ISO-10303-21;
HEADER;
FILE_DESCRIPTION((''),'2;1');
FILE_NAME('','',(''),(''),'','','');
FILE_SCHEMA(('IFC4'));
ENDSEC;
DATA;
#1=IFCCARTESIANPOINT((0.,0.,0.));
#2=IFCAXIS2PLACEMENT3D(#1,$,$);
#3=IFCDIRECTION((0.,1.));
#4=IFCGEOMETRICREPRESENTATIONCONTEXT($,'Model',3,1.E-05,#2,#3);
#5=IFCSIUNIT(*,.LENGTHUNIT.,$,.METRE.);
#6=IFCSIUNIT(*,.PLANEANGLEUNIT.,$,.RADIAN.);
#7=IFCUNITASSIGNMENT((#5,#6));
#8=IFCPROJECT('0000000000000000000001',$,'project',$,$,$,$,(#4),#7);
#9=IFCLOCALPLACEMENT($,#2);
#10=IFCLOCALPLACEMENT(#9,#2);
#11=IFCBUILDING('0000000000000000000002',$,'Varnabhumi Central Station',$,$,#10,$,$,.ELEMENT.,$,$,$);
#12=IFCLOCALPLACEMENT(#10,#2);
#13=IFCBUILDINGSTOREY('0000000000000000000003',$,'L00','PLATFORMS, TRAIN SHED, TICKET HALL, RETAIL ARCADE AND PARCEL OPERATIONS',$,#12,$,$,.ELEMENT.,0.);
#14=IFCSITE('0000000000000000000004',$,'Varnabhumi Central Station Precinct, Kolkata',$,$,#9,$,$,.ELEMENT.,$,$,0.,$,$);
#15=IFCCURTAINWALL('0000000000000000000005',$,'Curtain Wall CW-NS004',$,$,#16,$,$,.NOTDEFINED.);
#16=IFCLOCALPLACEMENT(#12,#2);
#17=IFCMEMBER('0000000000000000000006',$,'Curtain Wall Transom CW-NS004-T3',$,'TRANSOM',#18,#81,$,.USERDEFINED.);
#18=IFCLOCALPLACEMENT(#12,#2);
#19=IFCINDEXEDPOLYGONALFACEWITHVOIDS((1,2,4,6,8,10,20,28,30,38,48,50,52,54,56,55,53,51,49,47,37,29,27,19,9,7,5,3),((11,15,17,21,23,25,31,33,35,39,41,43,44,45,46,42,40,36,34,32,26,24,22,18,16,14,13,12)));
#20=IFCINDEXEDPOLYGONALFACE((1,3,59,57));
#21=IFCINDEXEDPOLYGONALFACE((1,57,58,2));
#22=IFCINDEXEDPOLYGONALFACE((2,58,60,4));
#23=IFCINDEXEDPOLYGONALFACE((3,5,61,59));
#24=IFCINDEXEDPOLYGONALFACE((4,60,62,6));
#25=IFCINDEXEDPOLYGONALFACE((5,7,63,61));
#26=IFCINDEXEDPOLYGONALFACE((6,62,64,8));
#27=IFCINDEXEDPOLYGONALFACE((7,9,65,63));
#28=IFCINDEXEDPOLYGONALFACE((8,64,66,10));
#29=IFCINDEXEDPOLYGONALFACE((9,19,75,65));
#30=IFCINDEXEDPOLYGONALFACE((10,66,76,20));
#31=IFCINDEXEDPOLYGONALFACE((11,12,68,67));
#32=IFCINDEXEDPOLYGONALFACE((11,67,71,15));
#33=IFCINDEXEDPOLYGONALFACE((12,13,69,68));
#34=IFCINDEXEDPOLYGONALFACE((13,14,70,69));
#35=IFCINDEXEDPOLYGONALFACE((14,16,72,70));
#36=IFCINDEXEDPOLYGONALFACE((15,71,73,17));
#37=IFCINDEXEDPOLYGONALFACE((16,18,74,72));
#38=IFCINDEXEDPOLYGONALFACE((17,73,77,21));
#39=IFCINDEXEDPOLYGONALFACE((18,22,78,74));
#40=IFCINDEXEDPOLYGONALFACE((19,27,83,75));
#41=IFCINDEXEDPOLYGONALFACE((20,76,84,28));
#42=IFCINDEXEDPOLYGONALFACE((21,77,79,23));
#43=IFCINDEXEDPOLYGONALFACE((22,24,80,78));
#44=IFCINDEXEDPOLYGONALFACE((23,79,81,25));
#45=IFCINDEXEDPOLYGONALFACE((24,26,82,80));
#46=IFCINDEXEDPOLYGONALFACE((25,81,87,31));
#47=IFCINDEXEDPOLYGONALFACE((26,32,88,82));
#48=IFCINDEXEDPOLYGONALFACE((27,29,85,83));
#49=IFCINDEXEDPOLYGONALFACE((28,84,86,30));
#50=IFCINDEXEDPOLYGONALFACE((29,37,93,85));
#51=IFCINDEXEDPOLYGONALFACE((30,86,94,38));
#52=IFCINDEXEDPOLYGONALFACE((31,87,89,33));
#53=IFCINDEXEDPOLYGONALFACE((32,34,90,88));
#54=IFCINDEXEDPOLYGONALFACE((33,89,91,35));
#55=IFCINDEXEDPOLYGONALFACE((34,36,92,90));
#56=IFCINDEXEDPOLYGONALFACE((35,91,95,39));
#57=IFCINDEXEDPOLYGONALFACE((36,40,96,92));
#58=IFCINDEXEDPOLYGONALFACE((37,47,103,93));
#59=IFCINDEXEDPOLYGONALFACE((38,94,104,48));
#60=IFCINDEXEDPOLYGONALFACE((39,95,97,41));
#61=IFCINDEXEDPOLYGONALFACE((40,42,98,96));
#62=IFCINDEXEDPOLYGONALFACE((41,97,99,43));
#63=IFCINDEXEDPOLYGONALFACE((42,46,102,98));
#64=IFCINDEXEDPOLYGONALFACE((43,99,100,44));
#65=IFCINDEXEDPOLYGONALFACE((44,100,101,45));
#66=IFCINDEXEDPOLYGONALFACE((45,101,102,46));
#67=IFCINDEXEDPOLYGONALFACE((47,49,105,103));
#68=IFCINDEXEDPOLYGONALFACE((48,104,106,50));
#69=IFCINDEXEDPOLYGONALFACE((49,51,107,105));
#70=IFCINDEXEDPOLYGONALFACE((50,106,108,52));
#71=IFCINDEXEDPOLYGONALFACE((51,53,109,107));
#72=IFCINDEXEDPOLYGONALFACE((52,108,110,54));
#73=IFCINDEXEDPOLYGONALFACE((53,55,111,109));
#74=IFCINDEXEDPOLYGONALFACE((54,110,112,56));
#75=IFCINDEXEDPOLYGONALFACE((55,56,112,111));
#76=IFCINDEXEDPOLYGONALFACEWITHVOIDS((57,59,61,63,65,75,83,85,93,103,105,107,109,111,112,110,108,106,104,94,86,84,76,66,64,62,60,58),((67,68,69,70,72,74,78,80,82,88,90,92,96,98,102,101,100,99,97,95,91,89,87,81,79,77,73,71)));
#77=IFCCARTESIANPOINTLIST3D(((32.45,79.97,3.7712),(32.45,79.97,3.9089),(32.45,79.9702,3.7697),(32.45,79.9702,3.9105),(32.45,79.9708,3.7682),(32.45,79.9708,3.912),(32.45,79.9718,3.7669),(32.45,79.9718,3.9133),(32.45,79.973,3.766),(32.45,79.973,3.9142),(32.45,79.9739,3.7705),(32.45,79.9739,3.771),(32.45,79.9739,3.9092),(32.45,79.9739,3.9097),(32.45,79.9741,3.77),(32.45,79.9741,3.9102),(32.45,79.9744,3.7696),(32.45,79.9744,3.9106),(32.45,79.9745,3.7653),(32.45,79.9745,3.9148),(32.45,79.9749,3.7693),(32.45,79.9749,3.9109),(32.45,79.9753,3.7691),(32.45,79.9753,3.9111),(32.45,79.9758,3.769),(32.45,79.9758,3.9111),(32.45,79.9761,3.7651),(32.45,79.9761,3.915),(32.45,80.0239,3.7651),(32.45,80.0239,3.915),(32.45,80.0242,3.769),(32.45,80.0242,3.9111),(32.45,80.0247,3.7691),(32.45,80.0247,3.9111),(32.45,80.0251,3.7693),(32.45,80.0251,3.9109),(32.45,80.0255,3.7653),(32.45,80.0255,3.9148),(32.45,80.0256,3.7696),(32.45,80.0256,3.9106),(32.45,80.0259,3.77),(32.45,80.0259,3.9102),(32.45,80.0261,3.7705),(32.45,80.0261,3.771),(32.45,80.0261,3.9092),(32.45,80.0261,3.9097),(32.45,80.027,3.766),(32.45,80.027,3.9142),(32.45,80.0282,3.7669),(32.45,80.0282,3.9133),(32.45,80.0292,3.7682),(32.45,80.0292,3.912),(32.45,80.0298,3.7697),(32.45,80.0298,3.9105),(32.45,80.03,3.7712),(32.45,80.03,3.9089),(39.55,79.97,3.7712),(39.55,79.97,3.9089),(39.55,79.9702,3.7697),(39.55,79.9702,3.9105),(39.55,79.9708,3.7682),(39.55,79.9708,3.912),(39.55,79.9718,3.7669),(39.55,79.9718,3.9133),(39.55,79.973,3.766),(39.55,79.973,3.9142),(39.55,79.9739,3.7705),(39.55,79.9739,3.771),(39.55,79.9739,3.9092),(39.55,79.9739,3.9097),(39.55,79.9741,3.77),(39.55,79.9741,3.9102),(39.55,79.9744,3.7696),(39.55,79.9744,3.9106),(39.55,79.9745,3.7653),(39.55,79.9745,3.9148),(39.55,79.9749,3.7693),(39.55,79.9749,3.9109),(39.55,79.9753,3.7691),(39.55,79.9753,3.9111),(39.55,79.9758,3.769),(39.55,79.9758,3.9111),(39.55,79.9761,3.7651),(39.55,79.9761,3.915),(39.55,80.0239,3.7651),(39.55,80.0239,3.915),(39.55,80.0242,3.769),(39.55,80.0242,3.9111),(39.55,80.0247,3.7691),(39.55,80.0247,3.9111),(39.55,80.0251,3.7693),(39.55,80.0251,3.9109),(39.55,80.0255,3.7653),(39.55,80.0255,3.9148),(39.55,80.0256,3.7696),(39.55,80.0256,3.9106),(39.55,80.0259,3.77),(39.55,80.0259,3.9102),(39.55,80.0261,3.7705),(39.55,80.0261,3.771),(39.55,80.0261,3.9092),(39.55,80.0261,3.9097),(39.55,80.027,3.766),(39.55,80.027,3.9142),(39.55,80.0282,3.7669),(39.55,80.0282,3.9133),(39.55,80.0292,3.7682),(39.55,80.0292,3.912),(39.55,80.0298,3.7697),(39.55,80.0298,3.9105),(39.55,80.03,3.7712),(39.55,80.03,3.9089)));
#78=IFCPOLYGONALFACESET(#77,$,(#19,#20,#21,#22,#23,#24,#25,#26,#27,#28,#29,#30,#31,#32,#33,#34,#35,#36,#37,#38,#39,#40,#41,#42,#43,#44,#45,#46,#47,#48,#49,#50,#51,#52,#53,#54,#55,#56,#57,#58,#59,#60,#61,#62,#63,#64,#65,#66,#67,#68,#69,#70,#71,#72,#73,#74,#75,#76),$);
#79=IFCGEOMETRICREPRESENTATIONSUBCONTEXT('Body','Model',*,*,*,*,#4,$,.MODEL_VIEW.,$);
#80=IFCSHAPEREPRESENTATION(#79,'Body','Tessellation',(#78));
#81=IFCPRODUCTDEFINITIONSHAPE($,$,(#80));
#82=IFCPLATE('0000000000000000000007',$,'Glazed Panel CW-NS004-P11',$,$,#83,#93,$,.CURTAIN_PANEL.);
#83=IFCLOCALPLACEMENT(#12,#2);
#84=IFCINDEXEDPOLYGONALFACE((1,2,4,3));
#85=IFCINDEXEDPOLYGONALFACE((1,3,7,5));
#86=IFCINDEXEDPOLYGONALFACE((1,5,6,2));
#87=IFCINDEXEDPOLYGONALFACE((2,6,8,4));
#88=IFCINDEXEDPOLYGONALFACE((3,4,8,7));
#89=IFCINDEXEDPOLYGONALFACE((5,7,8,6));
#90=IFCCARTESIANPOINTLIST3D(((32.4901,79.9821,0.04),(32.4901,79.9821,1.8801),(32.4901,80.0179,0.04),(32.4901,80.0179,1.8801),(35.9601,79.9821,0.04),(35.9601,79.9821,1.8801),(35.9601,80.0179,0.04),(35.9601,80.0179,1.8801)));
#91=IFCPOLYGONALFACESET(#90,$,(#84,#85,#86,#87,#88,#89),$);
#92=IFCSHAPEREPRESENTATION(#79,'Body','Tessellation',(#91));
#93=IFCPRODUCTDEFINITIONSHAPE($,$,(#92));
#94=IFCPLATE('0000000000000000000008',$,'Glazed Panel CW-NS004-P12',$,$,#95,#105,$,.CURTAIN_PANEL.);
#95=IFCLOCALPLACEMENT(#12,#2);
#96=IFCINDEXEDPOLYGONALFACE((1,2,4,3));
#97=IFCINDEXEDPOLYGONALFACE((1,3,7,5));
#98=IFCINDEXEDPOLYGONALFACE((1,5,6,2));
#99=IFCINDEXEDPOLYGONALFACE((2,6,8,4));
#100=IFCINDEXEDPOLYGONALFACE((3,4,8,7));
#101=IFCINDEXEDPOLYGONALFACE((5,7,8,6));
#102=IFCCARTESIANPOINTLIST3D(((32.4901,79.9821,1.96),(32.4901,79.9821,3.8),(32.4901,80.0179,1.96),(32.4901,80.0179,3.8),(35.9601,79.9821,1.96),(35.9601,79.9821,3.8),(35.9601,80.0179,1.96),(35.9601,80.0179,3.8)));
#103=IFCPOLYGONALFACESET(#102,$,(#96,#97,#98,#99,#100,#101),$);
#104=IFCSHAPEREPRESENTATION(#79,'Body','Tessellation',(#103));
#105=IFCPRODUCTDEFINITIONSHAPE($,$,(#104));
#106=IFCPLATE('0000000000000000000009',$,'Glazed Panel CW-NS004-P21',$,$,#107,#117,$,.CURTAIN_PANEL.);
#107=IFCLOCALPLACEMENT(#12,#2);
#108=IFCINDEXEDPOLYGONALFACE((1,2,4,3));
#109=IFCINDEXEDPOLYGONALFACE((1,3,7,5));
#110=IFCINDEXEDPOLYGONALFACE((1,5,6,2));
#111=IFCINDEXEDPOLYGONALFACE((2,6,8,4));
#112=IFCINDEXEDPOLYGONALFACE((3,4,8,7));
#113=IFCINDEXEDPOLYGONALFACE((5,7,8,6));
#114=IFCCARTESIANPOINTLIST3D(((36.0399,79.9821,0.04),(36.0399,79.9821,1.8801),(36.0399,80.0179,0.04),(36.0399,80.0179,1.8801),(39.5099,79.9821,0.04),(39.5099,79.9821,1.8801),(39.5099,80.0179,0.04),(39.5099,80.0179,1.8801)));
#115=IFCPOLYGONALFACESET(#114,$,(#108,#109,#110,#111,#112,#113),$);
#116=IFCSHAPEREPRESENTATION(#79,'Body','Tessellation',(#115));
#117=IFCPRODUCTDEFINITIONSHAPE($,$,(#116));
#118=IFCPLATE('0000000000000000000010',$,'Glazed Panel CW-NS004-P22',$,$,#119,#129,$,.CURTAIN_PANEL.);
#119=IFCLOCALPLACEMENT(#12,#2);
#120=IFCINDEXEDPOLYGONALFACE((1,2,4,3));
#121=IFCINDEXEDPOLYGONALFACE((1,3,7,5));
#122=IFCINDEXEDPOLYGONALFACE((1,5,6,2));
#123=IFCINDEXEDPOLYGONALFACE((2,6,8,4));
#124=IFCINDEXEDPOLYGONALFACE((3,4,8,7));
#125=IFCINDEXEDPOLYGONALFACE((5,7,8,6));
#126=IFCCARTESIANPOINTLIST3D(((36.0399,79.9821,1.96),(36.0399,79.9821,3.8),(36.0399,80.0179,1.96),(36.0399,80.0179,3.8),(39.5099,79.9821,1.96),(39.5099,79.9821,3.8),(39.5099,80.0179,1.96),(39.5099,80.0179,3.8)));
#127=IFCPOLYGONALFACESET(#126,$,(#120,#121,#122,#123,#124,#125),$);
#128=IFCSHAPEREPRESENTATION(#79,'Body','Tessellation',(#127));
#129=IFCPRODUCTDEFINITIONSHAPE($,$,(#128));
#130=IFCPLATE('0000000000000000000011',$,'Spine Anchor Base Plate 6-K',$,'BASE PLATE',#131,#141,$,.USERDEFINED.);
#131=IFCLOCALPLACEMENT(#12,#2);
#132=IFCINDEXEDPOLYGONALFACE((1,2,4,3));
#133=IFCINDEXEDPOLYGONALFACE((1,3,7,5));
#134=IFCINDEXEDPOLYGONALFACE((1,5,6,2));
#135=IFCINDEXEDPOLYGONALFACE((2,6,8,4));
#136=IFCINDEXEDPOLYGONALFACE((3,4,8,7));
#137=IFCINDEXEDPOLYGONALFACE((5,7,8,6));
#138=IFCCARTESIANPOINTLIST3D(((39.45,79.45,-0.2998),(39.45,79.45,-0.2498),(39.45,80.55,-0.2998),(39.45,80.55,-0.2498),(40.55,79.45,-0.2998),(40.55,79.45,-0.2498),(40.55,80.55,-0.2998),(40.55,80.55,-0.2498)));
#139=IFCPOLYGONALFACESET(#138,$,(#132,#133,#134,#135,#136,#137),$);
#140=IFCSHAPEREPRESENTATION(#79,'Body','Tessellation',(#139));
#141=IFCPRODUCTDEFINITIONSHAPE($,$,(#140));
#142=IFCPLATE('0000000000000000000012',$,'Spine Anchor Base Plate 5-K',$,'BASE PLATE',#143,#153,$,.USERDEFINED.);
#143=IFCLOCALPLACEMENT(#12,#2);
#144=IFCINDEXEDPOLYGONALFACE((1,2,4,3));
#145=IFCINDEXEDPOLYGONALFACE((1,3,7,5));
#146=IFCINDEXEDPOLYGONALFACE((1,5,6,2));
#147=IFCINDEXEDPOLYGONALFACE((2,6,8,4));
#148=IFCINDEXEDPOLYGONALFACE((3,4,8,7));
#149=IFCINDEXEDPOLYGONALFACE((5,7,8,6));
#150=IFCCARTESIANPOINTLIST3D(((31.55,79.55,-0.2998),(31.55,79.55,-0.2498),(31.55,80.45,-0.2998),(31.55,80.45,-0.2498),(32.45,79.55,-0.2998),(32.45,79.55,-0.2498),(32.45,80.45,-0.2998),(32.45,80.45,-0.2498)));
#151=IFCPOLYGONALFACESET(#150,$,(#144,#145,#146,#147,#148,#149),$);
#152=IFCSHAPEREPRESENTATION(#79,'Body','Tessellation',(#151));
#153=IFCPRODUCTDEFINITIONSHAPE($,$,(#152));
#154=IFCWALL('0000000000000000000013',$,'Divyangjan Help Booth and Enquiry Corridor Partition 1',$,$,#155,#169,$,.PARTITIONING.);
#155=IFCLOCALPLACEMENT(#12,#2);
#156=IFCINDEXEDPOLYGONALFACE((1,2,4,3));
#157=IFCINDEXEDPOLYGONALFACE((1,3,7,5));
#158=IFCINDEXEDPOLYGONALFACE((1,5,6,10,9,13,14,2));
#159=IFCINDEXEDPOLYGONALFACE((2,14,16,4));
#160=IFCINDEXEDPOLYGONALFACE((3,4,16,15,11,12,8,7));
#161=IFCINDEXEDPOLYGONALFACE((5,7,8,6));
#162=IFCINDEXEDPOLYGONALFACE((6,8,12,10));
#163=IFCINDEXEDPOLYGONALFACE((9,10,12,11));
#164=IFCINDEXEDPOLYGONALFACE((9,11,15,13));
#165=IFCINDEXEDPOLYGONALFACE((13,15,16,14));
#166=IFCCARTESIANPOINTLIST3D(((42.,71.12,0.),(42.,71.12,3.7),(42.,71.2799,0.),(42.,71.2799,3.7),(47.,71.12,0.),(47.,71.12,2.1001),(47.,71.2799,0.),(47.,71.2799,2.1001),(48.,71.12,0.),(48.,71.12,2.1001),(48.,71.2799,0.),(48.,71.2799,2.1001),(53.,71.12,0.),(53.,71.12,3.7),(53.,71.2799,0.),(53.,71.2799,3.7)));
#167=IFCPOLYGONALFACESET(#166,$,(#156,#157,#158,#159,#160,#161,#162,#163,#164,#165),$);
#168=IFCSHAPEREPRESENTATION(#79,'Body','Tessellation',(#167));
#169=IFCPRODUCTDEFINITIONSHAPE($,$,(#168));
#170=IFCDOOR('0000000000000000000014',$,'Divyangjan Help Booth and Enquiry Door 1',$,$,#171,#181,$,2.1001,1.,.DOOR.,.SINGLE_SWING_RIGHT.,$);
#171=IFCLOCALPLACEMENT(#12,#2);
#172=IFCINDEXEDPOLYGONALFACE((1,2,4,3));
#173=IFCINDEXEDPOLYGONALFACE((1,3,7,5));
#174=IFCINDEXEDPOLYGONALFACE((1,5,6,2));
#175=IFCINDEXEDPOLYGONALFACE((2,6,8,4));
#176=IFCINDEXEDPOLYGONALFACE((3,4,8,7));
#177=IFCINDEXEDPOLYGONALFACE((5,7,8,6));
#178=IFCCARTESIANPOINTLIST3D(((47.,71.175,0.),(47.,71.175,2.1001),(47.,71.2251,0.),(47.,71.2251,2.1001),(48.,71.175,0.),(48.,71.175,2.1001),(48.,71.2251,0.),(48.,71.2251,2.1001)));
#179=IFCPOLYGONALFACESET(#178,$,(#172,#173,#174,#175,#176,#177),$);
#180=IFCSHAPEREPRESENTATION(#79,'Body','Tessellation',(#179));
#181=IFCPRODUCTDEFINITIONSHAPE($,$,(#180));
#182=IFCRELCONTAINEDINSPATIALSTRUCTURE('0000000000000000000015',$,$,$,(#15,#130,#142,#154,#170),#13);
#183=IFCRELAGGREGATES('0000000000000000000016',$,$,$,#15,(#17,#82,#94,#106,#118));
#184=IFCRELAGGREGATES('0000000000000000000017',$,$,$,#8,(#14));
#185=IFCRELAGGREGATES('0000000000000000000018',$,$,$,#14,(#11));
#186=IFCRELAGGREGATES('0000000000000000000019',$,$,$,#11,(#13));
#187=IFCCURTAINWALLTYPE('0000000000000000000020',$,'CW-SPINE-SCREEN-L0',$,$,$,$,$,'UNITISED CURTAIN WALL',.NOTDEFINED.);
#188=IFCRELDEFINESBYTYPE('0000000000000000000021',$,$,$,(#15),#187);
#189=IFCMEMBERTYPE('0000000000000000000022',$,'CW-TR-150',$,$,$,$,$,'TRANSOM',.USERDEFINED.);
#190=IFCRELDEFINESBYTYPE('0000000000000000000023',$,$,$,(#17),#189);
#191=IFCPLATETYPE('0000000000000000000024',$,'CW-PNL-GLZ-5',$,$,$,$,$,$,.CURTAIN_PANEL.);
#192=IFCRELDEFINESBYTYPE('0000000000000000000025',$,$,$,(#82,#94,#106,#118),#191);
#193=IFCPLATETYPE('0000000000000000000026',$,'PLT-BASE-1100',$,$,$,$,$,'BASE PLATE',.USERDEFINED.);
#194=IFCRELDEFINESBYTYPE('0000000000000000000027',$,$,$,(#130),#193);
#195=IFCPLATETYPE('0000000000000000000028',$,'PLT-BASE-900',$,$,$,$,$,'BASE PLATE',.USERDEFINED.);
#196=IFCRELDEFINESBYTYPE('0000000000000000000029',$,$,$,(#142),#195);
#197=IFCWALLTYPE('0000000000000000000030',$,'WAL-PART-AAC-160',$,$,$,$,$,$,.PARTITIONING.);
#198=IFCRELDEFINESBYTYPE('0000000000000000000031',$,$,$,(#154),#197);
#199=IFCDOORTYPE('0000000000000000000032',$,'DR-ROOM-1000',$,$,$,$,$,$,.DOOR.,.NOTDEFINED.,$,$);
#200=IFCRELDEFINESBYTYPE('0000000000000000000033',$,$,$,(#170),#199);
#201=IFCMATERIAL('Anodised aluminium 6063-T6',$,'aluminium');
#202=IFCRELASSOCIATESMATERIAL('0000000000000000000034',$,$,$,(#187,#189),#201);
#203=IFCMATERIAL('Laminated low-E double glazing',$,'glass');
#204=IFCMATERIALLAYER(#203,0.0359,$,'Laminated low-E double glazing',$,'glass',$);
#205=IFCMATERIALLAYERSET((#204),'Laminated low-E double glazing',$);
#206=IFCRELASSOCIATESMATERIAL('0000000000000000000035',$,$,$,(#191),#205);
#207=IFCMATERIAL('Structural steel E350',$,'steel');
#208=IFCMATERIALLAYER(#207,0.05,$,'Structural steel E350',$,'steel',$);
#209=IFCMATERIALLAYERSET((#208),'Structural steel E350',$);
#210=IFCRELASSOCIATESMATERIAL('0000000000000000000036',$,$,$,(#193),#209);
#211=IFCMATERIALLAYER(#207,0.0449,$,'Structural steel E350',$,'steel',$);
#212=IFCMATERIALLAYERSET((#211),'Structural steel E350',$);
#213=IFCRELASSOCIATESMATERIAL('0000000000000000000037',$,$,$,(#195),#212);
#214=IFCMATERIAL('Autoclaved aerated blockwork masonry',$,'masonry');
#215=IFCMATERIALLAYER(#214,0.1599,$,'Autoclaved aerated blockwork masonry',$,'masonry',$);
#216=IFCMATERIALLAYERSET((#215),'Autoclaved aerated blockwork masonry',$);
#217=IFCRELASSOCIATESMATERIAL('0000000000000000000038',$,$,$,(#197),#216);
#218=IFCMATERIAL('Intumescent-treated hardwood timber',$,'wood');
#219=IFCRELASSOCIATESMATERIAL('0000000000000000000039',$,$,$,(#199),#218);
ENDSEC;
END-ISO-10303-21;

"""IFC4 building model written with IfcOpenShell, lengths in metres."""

from ifc_helpers import new_model, si_unit, direction, frame, frame_2d, origin, origin_2d, place, context, subcontext, project, spatial, rectangle, hollow_rectangle, extrude, material, layer, layer_set, material_profile, profile_set, type_object, element, fill, aggregate, save


model = new_model("IFC4")

# Units and contexts
model_context = context("Model", 3, precision=1e-05, world=origin(), true_north=direction((0.0, 1.0)))
body_context = subcontext(model_context, "Body", "Model", "MODEL_VIEW")
ifc_project = project(units=[si_unit("LENGTHUNIT", "METRE"), si_unit("PLANEANGLEUNIT", "RADIAN")], contexts=[model_context])

# Site, building, storey
site_placement = place(None, origin())
site = spatial("IfcSite", under=ifc_project, at=site_placement, Name="Varnabhumi Central Station Precinct, Kolkata", CompositionType="ELEMENT", RefElevation=0.0)
building_placement = place(site_placement, origin())
building = spatial("IfcBuilding", under=site, at=building_placement, Name="Varnabhumi Central Station", CompositionType="ELEMENT")
storey_placement = place(building_placement, origin())
storey = spatial("IfcBuildingStorey", under=building, at=storey_placement, Name="L00", Description="PLATFORMS, TRAIN SHED, TICKET HALL, RETAIL ARCADE AND PARCEL OPERATIONS", CompositionType="ELEMENT", Elevation=0.0)

# Shared definitions
ifc_material_1 = material(Name="Structural steel E350", Category="steel")

# Curtain wall, member, plates
ifc_material_2 = material(Name="Anodised aluminium 6063-T6", Category="aluminium")
curtain_wall_type = type_object("IfcCurtainWallType", Name="CW-SPINE-SCREEN-L0", ElementType="UNITISED CURTAIN WALL", PredefinedType="NOTDEFINED", material=ifc_material_2)
curtain_wall_placement = place(storey_placement, origin())
curtain_wall = element("IfcCurtainWall", 1, at=curtain_wall_placement, inside=storey, type_object=curtain_wall_type, Name="Curtain Wall CW-NS004", PredefinedType="NOTDEFINED")
ifc_material_profile_1 = material_profile(ifc_material_2, hollow_rectangle(XDim=0.0601, YDim=0.1499, WallThickness=0.0039, InnerFilletRadius=0.002, OuterFilletRadius=0.0061, at=origin_2d()), Name="Anodised aluminium 6063-T6", Category="aluminium")
ifc_profile_set_1 = profile_set([ifc_material_profile_1], Name="Anodised aluminium 6063-T6")
member_type_1 = type_object("IfcMemberType", Name="CW-TR-150", ElementType="TRANSOM", PredefinedType="USERDEFINED", material=ifc_profile_set_1)
member_1_placement = place(storey_placement, frame((32.45, 80.0, 3.8401), z_axis=(1.0, 0.0, 0.0), x_axis=(0.0, 1.0, 0.0)))
member_1 = element("IfcMember", 2, at=member_1_placement, type_object=member_type_1, Name="Curtain Wall Transom CW-NS004-T3", ObjectType="TRANSOM", PredefinedType="USERDEFINED", context=body_context, shape_type="SweptSolid", body=[
    extrude(hollow_rectangle(XDim=0.0601, YDim=0.1499, WallThickness=0.0039, InnerFilletRadius=0.002, OuterFilletRadius=0.0061, at=origin_2d()), origin(), (0.0, 0.0, 1.0), 7.1001),
])
ifc_material_3 = material(Name="Laminated low-E double glazing", Category="glass")
ifc_layer_1 = layer(ifc_material_3, 0.0359, Name="Laminated low-E double glazing", Category="glass")
ifc_layer_set_1 = layer_set([ifc_layer_1], Name="Laminated low-E double glazing")
plate_type_1 = type_object("IfcPlateType", Name="CW-PNL-GLZ-5", PredefinedType="CURTAIN_PANEL", material=ifc_layer_set_1)
plate_1_placement = place(storey_placement, frame((34.2251, 80.0, 0.04), z_axis=(0.0, 0.0, 1.0), x_axis=(1.0, 0.0, 0.0)))
plate_1 = element("IfcPlate", 3, at=plate_1_placement, type_object=plate_type_1, Name="Glazed Panel CW-NS004-P11", PredefinedType="CURTAIN_PANEL", context=body_context, shape_type="SweptSolid", body=[
    extrude(rectangle(XDim=3.47, YDim=0.0359, at=origin_2d()), origin(), (0.0, 0.0, 1.0), 1.8401),
])
plate_2_placement = place(storey_placement, frame((34.2251, 80.0, 1.96), z_axis=(0.0, 0.0, 1.0), x_axis=(1.0, 0.0, 0.0)))
plate_2 = element("IfcPlate", 4, at=plate_2_placement, type_object=plate_type_1, Name="Glazed Panel CW-NS004-P12", PredefinedType="CURTAIN_PANEL", context=body_context, shape_type="SweptSolid", body=[
    extrude(rectangle(XDim=3.47, YDim=0.0359, at=origin_2d()), origin(), (0.0, 0.0, 1.0), 1.8401),
])
plate_3_placement = place(storey_placement, frame((37.7749, 80.0, 0.04), z_axis=(0.0, 0.0, 1.0), x_axis=(1.0, 0.0, 0.0)))
plate_3 = element("IfcPlate", 5, at=plate_3_placement, type_object=plate_type_1, Name="Glazed Panel CW-NS004-P21", PredefinedType="CURTAIN_PANEL", context=body_context, shape_type="SweptSolid", body=[
    extrude(rectangle(XDim=3.47, YDim=0.0359, at=origin_2d()), origin(), (0.0, 0.0, 1.0), 1.8401),
])
plate_4_placement = place(storey_placement, frame((37.7749, 80.0, 1.96), z_axis=(0.0, 0.0, 1.0), x_axis=(1.0, 0.0, 0.0)))
plate_4 = element("IfcPlate", 6, at=plate_4_placement, type_object=plate_type_1, Name="Glazed Panel CW-NS004-P22", PredefinedType="CURTAIN_PANEL", context=body_context, shape_type="SweptSolid", body=[
    extrude(rectangle(XDim=3.47, YDim=0.0359, at=origin_2d()), origin(), (0.0, 0.0, 1.0), 1.8401),
])
aggregate(curtain_wall, [member_1, plate_1, plate_2, plate_3, plate_4])

# Plates
ifc_layer_2 = layer(ifc_material_1, 0.05, Name="Structural steel E350", Category="steel")
ifc_layer_set_2 = layer_set([ifc_layer_2], Name="Structural steel E350")
plate_type_2 = type_object("IfcPlateType", Name="PLT-BASE-1100", ElementType="BASE PLATE", PredefinedType="USERDEFINED", material=ifc_layer_set_2)
plate_5_placement = place(storey_placement, frame((40.0, 80.0, -0.2998), z_axis=(0.0, 0.0, 1.0), x_axis=(1.0, 0.0, 0.0)))
element("IfcPlate", 7, at=plate_5_placement, inside=storey, type_object=plate_type_2, Name="Spine Anchor Base Plate 6-K", ObjectType="BASE PLATE", PredefinedType="USERDEFINED", context=body_context, shape_type="SweptSolid", body=[
    extrude(rectangle(XDim=1.1001, YDim=1.1001, at=origin_2d()), origin(), (0.0, 0.0, 1.0), 0.05),
])
ifc_layer_3 = layer(ifc_material_1, 0.0449, Name="Structural steel E350", Category="steel")
ifc_layer_set_3 = layer_set([ifc_layer_3], Name="Structural steel E350")
plate_type_3 = type_object("IfcPlateType", Name="PLT-BASE-900", ElementType="BASE PLATE", PredefinedType="USERDEFINED", material=ifc_layer_set_3)
plate_6_placement = place(storey_placement, frame((32.0, 80.0, -0.2998), z_axis=(0.0, 0.0, 1.0), x_axis=(1.0, 0.0, 0.0)))
element("IfcPlate", 8, at=plate_6_placement, inside=storey, type_object=plate_type_3, Name="Spine Anchor Base Plate 5-K", ObjectType="BASE PLATE", PredefinedType="USERDEFINED", context=body_context, shape_type="SweptSolid", body=[
    extrude(rectangle(XDim=0.8999, YDim=0.8999, at=origin_2d()), origin(), (0.0, 0.0, 1.0), 0.05),
])

# Wall, opening, door
ifc_material_4 = material(Name="Autoclaved aerated blockwork masonry", Category="masonry")
ifc_layer_4 = layer(ifc_material_4, 0.1599, Name="Autoclaved aerated blockwork masonry", Category="masonry")
ifc_layer_set_4 = layer_set([ifc_layer_4], Name="Autoclaved aerated blockwork masonry")
wall_type = type_object("IfcWallType", Name="WAL-PART-AAC-160", PredefinedType="PARTITIONING", material=ifc_layer_set_4)
wall_1_placement = place(storey_placement, frame((42.0, 71.2, 0.0), z_axis=(0.0, 0.0, 1.0), x_axis=(1.0, 0.0, 0.0)))
wall_1 = element("IfcWall", 9, at=wall_1_placement, inside=storey, type_object=wall_type, Name="Divyangjan Help Booth and Enquiry Corridor Partition 1", PredefinedType="PARTITIONING", context=body_context, shape_type="SweptSolid", body=[
    extrude(rectangle(XDim=11.0, YDim=0.1599, at=frame_2d((5.5, 0.0))), origin(), (0.0, 0.0, 1.0), 3.7),
])
opening_placement = place(wall_1_placement, frame((5.0, 0.0, 0.0)))
opening = element("IfcOpeningElement", 10, at=opening_placement, cuts=wall_1, PredefinedType="OPENING", context=body_context, shape_type="SweptSolid", body=[
    extrude(rectangle(XDim=1.0, YDim=2.1001, at=frame_2d((0.5, 1.05))), frame((0.0, 0.0898, 0.0), z_axis=(0.0, -1.0, 0.0), x_axis=(1.0, 0.0, 0.0)), (0.0, 0.0, 1.0), 0.1799),
])
ifc_material_5 = material(Name="Intumescent-treated hardwood timber", Category="wood")
door_type = type_object("IfcDoorType", Name="DR-ROOM-1000", OperationType="NOTDEFINED", PredefinedType="DOOR", material=ifc_material_5)
door_placement = place(opening_placement, frame((1.0, 0.0, 0.0), z_axis=(0.0, 0.0, 1.0), x_axis=(-1.0, 0.0, 0.0)))
door = element("IfcDoor", 11, at=door_placement, inside=storey, type_object=door_type, Name="Divyangjan Help Booth and Enquiry Door 1", OperationType="SINGLE_SWING_RIGHT", OverallHeight=2.1001, OverallWidth=1.0, PredefinedType="DOOR", context=body_context, shape_type="SweptSolid", body=[
    extrude(rectangle(XDim=1.0, YDim=2.1001, at=frame_2d((0.5, 1.05))), frame((0.0, 0.0249, 0.0), z_axis=(0.0, -1.0, 0.0), x_axis=(1.0, 0.0, 0.0)), (0.0, 0.0, 1.0), 0.05),
])
fill(opening, door)

save(model, "model.ifc")
